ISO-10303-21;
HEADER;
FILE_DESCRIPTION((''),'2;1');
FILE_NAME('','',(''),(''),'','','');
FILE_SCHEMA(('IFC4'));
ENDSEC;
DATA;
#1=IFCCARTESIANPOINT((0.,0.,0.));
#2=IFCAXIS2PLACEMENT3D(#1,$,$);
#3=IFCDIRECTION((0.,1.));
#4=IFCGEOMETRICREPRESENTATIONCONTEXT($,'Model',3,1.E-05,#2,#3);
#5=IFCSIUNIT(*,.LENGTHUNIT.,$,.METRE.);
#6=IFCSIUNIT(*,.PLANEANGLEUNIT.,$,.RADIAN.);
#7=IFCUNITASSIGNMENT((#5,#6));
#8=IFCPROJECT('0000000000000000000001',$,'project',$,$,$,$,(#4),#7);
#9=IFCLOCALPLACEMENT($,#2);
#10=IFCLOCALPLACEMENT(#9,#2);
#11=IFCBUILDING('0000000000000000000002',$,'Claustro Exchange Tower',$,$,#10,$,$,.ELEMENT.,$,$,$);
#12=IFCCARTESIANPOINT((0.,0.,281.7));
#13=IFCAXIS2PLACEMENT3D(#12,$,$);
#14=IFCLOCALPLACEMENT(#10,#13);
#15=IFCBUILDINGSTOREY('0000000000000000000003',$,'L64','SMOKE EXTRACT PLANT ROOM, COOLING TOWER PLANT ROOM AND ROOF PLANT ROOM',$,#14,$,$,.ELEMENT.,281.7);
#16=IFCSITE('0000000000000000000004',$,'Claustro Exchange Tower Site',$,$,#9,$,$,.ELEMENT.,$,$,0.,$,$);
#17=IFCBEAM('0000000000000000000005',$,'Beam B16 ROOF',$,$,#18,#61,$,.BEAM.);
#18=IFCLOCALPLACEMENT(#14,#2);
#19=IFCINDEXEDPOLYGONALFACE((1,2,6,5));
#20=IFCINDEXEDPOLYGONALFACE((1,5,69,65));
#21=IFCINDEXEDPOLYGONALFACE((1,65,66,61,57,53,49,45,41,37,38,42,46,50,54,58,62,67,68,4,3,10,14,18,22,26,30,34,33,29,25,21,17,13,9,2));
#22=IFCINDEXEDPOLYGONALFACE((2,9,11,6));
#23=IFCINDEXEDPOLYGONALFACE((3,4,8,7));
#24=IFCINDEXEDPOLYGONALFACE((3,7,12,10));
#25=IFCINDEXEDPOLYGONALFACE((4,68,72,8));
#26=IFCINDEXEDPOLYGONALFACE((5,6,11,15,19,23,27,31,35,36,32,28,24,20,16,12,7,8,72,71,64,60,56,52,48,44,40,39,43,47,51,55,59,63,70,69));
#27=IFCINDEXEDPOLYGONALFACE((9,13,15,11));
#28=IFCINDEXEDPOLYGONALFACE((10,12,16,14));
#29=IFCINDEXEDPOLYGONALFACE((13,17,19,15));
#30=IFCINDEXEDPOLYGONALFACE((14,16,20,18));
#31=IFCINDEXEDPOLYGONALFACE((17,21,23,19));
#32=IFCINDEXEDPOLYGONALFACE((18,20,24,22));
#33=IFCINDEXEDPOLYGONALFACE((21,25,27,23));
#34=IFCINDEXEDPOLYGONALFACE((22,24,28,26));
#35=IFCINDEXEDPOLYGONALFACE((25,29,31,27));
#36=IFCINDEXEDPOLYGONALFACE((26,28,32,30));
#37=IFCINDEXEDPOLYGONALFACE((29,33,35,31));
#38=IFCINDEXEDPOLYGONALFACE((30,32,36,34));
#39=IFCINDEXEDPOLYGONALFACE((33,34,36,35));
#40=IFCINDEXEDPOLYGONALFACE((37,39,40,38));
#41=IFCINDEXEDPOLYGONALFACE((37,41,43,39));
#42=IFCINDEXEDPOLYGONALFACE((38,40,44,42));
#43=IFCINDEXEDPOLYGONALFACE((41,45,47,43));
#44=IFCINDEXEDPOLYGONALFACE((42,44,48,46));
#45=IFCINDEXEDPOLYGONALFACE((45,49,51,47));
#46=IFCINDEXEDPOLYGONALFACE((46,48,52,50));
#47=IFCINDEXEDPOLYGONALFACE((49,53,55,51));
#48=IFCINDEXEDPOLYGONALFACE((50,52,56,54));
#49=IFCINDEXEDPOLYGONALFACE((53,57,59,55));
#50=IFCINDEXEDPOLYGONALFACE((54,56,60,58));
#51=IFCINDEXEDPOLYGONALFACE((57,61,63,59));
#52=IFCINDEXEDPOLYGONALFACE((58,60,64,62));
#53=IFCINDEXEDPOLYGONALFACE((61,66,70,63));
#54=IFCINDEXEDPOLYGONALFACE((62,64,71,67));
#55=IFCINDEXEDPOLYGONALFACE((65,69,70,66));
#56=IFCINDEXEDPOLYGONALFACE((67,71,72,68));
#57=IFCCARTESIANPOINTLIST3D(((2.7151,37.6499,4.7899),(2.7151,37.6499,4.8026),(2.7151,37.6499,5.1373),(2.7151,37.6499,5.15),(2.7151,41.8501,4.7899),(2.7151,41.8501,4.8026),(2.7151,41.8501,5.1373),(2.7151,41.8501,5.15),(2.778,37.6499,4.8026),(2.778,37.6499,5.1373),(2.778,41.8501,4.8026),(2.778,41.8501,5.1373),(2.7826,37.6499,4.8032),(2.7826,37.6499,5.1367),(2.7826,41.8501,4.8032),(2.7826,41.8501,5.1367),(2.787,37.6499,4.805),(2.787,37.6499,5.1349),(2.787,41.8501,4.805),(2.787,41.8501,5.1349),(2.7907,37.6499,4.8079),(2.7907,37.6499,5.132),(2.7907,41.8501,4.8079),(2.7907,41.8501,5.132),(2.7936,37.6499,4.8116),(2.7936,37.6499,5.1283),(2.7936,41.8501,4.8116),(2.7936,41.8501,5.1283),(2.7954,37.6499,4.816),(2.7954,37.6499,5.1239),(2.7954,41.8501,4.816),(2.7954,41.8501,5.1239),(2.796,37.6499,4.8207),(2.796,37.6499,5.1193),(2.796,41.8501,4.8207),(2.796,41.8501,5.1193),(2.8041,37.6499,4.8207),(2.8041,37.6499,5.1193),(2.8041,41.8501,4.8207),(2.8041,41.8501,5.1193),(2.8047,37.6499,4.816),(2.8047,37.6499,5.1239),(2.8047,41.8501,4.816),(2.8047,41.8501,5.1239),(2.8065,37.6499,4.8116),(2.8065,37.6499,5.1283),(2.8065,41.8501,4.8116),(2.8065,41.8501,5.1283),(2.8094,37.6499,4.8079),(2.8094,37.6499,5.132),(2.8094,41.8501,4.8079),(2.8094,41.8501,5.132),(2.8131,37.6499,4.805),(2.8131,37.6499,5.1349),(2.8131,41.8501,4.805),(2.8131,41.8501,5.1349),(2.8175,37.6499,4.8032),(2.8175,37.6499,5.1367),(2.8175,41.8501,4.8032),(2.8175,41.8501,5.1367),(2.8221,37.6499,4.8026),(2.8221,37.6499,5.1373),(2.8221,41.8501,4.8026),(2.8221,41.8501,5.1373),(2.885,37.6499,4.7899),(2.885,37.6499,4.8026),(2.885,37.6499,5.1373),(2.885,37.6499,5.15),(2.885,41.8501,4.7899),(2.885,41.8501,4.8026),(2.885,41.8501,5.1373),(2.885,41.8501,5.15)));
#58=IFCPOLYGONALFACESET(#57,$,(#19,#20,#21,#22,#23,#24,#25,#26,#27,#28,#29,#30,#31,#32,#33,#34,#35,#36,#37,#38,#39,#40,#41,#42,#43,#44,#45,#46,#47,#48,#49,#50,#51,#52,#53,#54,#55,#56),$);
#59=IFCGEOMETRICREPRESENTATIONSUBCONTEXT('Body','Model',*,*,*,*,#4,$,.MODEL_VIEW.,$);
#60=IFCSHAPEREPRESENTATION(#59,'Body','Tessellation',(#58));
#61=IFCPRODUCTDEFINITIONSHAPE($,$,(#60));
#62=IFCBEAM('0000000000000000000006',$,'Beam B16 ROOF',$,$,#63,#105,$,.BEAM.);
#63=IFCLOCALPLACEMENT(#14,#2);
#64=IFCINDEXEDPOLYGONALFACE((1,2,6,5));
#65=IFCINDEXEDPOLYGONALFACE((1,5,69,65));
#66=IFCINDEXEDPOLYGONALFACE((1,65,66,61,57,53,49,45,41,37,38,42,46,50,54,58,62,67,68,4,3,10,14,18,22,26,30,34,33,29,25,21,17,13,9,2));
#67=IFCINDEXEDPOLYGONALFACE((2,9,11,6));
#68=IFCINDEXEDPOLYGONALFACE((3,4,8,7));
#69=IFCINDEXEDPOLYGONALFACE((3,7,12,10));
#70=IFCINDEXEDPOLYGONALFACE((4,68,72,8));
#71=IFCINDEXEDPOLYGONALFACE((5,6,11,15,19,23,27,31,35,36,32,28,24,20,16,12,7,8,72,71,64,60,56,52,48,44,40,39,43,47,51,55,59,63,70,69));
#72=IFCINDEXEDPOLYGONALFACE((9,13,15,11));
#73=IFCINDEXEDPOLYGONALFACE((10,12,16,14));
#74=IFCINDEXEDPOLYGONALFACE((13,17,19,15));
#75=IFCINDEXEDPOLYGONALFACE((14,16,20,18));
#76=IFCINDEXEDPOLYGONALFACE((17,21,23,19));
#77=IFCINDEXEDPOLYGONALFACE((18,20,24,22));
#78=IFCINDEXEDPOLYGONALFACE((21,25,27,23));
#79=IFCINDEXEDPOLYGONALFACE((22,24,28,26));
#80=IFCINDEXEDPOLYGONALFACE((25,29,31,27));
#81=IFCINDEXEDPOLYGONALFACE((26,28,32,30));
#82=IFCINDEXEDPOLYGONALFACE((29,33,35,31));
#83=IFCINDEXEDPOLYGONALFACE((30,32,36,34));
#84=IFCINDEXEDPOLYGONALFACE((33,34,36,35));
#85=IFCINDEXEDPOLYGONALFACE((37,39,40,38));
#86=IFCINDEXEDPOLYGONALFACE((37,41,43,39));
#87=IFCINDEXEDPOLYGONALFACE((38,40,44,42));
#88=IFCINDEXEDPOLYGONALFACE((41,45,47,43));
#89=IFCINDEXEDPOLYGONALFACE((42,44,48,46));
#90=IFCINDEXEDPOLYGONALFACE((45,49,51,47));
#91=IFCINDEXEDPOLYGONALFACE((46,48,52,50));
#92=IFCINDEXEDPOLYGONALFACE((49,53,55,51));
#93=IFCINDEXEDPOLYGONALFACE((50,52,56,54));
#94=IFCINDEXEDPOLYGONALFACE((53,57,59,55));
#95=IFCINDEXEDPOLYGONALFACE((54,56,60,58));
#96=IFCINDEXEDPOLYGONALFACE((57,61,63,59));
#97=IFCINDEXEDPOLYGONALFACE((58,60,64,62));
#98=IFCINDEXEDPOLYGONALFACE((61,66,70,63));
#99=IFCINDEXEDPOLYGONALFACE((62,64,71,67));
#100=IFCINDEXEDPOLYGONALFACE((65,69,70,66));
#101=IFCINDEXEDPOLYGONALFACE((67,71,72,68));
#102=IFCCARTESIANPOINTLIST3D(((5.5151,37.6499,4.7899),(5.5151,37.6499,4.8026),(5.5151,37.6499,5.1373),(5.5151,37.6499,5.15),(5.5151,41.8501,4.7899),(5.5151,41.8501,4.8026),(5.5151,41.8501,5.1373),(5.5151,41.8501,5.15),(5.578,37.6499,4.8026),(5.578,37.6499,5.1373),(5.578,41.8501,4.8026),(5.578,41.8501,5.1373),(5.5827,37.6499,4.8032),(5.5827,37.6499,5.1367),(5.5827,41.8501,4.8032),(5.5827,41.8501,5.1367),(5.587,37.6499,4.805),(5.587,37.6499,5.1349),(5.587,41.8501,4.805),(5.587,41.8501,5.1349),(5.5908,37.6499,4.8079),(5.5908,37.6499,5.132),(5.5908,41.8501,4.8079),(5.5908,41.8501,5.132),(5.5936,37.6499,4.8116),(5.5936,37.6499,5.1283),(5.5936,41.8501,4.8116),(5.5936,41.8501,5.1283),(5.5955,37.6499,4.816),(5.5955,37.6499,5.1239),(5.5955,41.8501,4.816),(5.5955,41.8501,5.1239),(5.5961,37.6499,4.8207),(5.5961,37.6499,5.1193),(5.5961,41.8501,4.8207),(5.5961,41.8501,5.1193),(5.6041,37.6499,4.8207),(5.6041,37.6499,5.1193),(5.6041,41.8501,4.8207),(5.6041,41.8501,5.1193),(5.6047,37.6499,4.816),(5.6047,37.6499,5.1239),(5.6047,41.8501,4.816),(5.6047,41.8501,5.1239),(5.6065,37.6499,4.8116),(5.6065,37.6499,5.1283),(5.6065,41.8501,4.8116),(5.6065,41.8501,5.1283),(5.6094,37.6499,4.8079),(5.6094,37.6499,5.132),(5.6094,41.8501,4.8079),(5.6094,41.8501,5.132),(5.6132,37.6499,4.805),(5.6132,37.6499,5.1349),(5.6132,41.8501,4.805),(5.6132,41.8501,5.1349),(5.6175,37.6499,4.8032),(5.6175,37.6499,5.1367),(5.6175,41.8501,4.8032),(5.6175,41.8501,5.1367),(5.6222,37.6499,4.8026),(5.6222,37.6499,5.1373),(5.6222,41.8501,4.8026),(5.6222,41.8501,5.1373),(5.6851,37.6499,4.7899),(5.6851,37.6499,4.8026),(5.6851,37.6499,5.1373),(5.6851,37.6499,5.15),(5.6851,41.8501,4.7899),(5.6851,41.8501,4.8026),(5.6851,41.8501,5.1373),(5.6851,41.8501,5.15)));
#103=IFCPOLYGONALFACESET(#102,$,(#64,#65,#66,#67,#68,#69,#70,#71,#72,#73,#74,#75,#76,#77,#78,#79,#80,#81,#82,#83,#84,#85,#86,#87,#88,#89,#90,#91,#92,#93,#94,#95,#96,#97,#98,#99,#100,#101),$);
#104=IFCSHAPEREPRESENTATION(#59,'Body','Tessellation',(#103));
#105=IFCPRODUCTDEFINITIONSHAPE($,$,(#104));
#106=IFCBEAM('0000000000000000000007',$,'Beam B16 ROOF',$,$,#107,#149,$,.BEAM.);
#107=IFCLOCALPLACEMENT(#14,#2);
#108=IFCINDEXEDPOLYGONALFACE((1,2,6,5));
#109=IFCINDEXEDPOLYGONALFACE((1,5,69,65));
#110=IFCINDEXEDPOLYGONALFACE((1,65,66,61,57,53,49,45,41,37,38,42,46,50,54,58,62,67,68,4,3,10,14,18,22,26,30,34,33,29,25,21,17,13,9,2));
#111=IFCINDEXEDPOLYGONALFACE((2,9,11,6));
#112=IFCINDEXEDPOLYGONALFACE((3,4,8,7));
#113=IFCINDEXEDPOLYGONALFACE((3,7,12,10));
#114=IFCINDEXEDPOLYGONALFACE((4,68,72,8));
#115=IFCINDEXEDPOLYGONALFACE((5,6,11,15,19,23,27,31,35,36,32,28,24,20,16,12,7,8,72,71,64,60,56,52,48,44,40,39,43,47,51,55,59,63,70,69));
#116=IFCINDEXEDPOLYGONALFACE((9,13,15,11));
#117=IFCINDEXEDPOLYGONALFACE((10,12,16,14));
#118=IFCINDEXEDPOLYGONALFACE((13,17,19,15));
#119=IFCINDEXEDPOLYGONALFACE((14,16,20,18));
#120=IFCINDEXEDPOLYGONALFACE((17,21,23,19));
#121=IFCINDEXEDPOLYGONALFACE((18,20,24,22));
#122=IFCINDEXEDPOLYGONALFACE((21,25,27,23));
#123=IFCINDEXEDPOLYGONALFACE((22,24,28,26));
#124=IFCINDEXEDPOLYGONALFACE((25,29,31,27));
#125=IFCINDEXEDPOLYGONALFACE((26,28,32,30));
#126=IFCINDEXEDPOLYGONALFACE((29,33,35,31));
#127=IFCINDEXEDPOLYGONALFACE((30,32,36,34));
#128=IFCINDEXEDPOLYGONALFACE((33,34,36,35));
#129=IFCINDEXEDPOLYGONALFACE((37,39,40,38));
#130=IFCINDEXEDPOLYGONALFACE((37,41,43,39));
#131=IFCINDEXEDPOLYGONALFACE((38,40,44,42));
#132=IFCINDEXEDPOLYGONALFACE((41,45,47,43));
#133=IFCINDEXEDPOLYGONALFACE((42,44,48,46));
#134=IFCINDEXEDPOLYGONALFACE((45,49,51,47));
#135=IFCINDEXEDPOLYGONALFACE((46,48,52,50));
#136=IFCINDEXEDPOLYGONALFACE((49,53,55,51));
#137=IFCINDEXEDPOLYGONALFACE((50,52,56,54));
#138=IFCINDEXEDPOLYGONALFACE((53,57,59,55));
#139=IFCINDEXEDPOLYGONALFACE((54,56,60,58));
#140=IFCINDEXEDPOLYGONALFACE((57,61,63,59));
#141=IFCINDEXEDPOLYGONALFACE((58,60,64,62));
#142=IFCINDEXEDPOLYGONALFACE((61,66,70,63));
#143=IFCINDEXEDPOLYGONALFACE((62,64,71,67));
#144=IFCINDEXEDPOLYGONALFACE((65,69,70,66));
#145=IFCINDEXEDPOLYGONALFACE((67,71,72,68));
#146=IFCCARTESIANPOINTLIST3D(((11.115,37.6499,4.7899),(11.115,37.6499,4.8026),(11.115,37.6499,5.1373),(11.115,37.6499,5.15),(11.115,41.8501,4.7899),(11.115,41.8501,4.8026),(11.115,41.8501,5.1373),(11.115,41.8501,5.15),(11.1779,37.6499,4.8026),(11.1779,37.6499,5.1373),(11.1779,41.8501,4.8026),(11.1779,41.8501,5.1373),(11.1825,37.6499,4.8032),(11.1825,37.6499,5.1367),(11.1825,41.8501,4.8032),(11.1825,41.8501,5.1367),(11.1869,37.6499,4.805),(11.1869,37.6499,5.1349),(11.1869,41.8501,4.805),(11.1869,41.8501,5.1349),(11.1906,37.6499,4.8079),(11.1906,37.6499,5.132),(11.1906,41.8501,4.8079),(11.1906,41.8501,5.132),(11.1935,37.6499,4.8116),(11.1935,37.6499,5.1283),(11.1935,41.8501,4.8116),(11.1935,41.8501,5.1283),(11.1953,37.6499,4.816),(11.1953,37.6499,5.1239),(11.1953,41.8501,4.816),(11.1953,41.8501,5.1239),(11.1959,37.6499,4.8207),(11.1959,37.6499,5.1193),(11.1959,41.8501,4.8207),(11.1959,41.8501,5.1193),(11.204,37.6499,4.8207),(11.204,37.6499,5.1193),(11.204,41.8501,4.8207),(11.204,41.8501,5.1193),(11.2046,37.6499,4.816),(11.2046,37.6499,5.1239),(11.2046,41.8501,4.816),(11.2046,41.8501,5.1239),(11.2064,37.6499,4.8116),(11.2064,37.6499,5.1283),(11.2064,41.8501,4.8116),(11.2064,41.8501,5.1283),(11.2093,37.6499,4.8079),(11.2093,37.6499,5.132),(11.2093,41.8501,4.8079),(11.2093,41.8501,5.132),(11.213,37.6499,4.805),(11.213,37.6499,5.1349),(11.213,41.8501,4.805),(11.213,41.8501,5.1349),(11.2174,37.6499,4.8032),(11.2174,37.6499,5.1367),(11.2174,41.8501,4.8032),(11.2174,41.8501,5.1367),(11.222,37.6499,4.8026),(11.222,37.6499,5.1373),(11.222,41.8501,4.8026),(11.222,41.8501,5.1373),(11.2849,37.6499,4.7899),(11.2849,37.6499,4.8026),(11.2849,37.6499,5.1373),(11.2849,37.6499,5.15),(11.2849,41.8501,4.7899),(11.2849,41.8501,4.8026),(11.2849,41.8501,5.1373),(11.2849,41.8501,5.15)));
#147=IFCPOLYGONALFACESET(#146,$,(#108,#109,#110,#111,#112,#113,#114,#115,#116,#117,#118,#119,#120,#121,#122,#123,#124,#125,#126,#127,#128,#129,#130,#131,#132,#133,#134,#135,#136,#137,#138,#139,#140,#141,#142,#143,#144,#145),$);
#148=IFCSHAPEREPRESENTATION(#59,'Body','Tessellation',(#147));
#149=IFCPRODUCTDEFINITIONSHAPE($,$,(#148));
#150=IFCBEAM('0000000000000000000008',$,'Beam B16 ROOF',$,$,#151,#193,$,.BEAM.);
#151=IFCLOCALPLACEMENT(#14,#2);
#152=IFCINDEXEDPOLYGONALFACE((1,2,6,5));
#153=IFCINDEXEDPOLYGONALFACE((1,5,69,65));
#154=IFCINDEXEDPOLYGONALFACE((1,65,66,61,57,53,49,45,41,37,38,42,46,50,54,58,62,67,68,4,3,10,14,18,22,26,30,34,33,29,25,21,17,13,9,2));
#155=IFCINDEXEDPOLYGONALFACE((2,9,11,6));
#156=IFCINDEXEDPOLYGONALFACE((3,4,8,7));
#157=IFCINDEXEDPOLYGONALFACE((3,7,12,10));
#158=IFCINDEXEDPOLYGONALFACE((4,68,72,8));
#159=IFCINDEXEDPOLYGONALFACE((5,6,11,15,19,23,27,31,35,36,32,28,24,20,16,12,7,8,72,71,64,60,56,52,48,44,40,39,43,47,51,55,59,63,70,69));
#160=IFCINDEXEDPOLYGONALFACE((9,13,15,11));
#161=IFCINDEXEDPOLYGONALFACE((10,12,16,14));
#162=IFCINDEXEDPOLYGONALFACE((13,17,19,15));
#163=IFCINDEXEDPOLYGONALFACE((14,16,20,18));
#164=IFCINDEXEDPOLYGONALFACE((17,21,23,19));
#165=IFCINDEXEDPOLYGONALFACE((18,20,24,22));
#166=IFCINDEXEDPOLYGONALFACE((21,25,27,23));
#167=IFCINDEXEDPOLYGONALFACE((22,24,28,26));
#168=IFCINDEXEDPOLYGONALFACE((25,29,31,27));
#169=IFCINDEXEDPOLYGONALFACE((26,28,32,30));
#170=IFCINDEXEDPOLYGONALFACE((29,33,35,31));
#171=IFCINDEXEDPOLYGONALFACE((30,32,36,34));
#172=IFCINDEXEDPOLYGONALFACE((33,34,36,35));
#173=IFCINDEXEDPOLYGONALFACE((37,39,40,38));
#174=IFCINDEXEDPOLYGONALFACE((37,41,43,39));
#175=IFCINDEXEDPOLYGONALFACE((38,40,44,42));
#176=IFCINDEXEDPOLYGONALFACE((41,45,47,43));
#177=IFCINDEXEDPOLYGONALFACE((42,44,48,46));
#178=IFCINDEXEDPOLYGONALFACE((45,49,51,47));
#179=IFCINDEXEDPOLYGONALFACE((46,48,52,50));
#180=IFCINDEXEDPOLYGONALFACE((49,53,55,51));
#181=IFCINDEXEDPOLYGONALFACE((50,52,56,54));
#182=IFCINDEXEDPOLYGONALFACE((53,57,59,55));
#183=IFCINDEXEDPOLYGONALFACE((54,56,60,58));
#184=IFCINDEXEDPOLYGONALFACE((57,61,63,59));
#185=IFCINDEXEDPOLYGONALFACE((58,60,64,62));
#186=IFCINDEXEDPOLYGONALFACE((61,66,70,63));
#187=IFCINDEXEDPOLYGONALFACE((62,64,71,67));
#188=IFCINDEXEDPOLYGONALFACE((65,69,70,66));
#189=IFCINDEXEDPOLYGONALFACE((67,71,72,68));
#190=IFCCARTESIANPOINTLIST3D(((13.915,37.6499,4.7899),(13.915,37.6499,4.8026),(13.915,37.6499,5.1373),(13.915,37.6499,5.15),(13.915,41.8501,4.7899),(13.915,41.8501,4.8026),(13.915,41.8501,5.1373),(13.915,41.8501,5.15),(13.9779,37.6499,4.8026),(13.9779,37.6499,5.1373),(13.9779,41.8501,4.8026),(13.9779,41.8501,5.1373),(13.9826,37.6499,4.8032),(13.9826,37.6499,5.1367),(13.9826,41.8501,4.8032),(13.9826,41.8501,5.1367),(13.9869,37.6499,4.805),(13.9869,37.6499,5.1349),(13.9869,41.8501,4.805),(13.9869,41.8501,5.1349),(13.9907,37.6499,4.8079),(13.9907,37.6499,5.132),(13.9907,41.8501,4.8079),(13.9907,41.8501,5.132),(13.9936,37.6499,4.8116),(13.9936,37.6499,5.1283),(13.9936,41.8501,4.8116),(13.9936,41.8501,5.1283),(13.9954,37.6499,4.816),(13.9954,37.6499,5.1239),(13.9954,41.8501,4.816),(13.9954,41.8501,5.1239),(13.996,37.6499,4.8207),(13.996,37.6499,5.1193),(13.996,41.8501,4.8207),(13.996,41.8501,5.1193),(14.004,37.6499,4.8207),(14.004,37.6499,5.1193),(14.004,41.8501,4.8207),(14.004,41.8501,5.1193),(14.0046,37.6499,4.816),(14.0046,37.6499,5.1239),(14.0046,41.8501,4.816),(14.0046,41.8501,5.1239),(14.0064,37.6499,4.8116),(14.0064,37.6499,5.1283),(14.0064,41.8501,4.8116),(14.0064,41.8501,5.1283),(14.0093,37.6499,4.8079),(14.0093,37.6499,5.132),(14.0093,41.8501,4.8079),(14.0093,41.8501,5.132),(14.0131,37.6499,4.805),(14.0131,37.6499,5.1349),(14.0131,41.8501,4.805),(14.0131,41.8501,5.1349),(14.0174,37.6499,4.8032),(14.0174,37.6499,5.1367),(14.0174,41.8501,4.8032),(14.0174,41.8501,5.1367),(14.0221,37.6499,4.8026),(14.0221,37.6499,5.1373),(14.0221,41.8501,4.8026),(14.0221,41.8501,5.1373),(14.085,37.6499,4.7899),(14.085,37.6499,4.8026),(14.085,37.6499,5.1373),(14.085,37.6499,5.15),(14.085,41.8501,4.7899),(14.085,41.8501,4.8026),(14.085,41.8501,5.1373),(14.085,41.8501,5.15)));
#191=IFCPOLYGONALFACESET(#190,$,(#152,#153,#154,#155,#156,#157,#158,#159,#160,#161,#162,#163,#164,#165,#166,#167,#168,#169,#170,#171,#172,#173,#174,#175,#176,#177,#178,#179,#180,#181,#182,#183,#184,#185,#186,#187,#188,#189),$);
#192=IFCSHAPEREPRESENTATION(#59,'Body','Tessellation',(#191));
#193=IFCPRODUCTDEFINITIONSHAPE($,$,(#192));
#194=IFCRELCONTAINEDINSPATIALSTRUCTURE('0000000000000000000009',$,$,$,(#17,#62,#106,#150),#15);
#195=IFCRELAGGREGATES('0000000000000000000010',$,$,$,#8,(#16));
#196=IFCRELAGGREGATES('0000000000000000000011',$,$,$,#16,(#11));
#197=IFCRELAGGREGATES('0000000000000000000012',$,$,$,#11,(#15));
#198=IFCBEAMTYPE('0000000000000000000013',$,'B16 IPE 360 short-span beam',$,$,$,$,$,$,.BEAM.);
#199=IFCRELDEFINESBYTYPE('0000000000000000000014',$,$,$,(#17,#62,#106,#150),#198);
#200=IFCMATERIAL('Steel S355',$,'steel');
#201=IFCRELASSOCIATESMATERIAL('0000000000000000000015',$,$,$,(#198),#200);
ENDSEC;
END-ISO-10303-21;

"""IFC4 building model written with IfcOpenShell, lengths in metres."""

from ifc_helpers import new_model, si_unit, direction, frame, origin, origin_2d, place, context, subcontext, project, spatial, i_section, extrude, material, material_profile, profile_set, type_object, element, save


model = new_model("IFC4")

# Units and contexts
model_context = context("Model", 3, precision=1e-05, world=origin(), true_north=direction((0.0, 1.0)))
body_context = subcontext(model_context, "Body", "Model", "MODEL_VIEW")
ifc_project = project(units=[si_unit("LENGTHUNIT", "METRE"), si_unit("PLANEANGLEUNIT", "RADIAN")], contexts=[model_context])

# Site, building, storey
site_placement = place(None, origin())
site = spatial("IfcSite", under=ifc_project, at=site_placement, Name="Claustro Exchange Tower Site", CompositionType="ELEMENT", RefElevation=0.0)
building_placement = place(site_placement, origin())
building = spatial("IfcBuilding", under=site, at=building_placement, Name="Claustro Exchange Tower", CompositionType="ELEMENT")
storey_placement = place(building_placement, frame((0.0, 0.0, 281.7)))
storey = spatial("IfcBuildingStorey", under=building, at=storey_placement, Name="L64", Description="SMOKE EXTRACT PLANT ROOM, COOLING TOWER PLANT ROOM AND ROOF PLANT ROOM", CompositionType="ELEMENT", Elevation=281.7)

# Beams
ifc_material_1 = material(Name="Steel S355", Category="steel")
ifc_material_profile_1 = material_profile(ifc_material_1, i_section(OverallWidth=0.1699, OverallDepth=0.3601, WebThickness=0.0081, FlangeThickness=0.0127, FilletRadius=0.0181, at=origin_2d()), Name="IPE 360")
ifc_profile_set_1 = profile_set([ifc_material_profile_1], Name="Steel S355")
beam_type_1 = type_object("IfcBeamType", Name="B16 IPE 360 short-span beam", PredefinedType="BEAM", material=ifc_profile_set_1)
for number, where, z_axis, x_axis, name in (
    (1, (2.8, 37.6499, 4.97), (0.0, 1.0, 0.0), (-1.0, 0.0, 0.0), "Beam B16 ROOF"),
    (2, (5.6001, 37.6499, 4.97), (0.0, 1.0, 0.0), (-1.0, 0.0, 0.0), "Beam B16 ROOF"),
    (3, (11.2, 37.6499, 4.97), (0.0, 1.0, 0.0), (-1.0, 0.0, 0.0), "Beam B16 ROOF"),
    (4, (14.0, 37.6499, 4.97), (0.0, 1.0, 0.0), (-1.0, 0.0, 0.0), "Beam B16 ROOF"),
):
    element("IfcBeam", number, at=place(storey_placement, frame(where, z_axis=z_axis, x_axis=x_axis)), inside=storey, type_object=beam_type_1, Name=name, PredefinedType="BEAM", context=body_context, shape_type="SweptSolid", body=[
        extrude(i_section(OverallWidth=0.1699, OverallDepth=0.3601, WebThickness=0.0081, FlangeThickness=0.0127, FilletRadius=0.0181, at=origin_2d()), origin(), (0.0, 0.0, 1.0), 4.2002),
    ])

save(model, "model.ifc")
